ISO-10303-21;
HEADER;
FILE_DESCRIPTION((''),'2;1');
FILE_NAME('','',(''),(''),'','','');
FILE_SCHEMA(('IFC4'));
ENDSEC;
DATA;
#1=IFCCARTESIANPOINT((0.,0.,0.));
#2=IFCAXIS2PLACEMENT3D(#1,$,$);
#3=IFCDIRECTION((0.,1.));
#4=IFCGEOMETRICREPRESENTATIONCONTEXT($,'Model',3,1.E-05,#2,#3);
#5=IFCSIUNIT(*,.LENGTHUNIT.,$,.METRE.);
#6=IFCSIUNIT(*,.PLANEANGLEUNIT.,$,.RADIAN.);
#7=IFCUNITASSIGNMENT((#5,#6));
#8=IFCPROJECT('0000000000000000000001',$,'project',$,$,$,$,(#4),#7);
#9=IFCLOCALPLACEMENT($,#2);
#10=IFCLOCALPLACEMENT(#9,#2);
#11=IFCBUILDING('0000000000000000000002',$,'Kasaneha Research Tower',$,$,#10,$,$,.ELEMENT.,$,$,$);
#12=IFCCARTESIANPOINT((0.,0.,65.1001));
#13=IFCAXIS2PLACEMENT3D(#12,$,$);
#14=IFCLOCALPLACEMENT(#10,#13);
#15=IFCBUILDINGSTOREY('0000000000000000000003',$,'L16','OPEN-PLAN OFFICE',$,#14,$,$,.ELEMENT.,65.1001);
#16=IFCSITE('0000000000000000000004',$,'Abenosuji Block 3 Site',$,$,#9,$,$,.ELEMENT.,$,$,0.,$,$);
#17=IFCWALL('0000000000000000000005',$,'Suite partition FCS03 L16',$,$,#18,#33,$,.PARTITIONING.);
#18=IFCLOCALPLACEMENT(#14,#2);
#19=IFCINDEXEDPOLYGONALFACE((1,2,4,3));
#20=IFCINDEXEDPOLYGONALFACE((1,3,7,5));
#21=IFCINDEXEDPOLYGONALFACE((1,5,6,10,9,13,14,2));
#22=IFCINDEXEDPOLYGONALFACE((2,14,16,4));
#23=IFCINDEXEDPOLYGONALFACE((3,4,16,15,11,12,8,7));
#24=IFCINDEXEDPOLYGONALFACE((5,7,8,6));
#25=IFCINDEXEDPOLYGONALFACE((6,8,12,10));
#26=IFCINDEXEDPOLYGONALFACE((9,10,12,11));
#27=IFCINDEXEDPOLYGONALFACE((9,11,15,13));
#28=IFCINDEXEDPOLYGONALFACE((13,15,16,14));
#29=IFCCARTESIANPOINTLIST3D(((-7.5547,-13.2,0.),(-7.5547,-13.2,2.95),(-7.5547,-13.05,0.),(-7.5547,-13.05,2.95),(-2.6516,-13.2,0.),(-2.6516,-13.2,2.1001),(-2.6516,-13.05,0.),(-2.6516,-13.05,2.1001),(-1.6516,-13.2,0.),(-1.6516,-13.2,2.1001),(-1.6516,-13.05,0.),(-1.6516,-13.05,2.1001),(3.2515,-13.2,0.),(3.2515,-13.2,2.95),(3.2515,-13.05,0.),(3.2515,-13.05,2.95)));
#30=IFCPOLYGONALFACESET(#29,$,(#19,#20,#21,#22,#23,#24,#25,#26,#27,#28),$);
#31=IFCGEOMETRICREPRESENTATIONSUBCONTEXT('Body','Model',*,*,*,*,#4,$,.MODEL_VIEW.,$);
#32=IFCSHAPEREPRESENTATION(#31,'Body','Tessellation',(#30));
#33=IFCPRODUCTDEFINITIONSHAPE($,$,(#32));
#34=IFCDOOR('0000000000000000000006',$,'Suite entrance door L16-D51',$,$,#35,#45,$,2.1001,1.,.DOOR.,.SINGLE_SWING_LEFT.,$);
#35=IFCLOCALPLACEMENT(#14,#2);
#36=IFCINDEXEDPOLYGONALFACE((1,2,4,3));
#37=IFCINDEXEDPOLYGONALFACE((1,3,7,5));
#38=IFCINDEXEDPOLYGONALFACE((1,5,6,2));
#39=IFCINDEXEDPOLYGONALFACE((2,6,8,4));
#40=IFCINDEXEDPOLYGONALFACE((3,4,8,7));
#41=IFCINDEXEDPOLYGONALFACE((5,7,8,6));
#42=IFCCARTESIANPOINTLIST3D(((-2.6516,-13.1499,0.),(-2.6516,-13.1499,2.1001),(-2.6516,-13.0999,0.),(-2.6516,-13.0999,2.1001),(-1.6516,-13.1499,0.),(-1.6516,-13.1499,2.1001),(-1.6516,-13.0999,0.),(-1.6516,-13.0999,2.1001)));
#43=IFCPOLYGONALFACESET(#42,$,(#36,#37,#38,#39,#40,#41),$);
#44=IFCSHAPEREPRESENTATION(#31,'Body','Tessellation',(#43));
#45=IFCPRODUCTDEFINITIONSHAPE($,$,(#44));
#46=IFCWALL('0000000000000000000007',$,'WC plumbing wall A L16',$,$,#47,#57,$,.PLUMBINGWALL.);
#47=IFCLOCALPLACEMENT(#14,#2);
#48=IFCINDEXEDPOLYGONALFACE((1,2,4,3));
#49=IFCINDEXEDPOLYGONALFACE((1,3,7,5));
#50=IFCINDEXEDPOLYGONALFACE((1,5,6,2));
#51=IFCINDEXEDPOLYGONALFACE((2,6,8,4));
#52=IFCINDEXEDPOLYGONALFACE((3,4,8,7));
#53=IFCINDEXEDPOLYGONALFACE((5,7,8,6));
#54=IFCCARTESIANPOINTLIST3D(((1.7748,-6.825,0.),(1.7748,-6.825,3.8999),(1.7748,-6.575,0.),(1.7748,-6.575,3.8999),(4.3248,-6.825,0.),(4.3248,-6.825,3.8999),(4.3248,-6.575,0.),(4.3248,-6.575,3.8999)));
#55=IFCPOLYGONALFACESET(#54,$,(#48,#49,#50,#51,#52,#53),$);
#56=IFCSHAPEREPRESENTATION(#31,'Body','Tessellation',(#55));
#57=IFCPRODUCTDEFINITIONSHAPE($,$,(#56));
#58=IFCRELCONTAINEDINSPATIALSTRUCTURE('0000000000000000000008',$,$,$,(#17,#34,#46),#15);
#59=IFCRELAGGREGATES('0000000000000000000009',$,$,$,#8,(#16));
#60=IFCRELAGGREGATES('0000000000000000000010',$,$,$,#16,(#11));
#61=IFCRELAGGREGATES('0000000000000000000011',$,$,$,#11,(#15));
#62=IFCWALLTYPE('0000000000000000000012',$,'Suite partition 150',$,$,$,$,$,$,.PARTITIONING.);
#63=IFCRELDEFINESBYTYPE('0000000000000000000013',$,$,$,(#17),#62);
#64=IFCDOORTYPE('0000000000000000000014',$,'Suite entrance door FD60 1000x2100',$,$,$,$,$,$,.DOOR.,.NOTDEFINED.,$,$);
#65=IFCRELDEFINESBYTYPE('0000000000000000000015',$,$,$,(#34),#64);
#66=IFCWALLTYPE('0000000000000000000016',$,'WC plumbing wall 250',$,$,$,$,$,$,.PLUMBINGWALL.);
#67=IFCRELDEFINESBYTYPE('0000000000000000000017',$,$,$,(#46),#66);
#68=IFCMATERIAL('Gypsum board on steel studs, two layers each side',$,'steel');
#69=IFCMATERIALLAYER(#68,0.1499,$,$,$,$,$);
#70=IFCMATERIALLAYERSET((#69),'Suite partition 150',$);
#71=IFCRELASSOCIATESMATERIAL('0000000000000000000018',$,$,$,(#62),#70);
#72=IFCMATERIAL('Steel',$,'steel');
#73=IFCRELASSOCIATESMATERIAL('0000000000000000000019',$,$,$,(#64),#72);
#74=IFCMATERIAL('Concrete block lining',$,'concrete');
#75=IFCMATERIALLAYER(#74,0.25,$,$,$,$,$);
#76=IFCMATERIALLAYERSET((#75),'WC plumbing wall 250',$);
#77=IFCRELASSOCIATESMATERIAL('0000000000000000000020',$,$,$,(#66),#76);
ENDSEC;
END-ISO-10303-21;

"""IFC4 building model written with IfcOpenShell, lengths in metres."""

from ifc_helpers import new_model, si_unit, direction, frame, frame_2d, origin, place, context, subcontext, project, spatial, rectangle, extrude, material, layer, layer_set, type_object, element, fill, save


model = new_model("IFC4")

# Units and contexts
model_context = context("Model", 3, precision=1e-05, world=origin(), true_north=direction((0.0, 1.0)))
body_context = subcontext(model_context, "Body", "Model", "MODEL_VIEW")
ifc_project = project(units=[si_unit("LENGTHUNIT", "METRE"), si_unit("PLANEANGLEUNIT", "RADIAN")], contexts=[model_context])

# Site, building, storey
site_placement = place(None, origin())
site = spatial("IfcSite", under=ifc_project, at=site_placement, Name="Abenosuji Block 3 Site", CompositionType="ELEMENT", RefElevation=0.0)
building_placement = place(site_placement, origin())
building = spatial("IfcBuilding", under=site, at=building_placement, Name="Kasaneha Research Tower", CompositionType="ELEMENT")
storey_placement = place(building_placement, frame((0.0, 0.0, 65.1001)))
storey = spatial("IfcBuildingStorey", under=building, at=storey_placement, Name="L16", Description="OPEN-PLAN OFFICE", CompositionType="ELEMENT", Elevation=65.1001)

# Shared definitions
ifc_material_1 = material(Name="Gypsum board on steel studs, two layers each side", Category="steel")
ifc_layer_1 = layer(ifc_material_1, 0.1499)
ifc_layer_set_1 = layer_set([ifc_layer_1], Name="Suite partition 150")
wall_type_1 = type_object("IfcWallType", Name="Suite partition 150", PredefinedType="PARTITIONING", material=ifc_layer_set_1)

# Wall, opening, door
ifc_material_2 = material(Name="Steel", Category="steel")
door_type_1 = type_object("IfcDoorType", Name="Suite entrance door FD60 1000x2100", OperationType="NOTDEFINED", PredefinedType="DOOR", material=ifc_material_2)
wall_1_placement = place(storey_placement, frame((3.2515, -13.125, 0.0), z_axis=(0.0, 0.0, 1.0), x_axis=(-1.0, 0.0, 0.0)))
wall_1 = element("IfcWall", 1, at=wall_1_placement, inside=storey, type_object=wall_type_1, Name="Suite partition FCS03 L16", PredefinedType="PARTITIONING", context=body_context, shape_type="SweptSolid", body=[
    extrude(rectangle(XDim=10.8062, YDim=0.1499, at=frame_2d((5.4031, 0.0))), origin(), (0.0, 0.0, 1.0), 2.95),
])
opening_1_placement = place(wall_1_placement, frame((4.9031, 0.0, 0.0)))
opening_1 = element("IfcOpeningElement", 2, at=opening_1_placement, cuts=wall_1, PredefinedType="OPENING", context=body_context, shape_type="SweptSolid", body=[
    extrude(rectangle(XDim=1.0, YDim=2.1001, at=frame_2d((0.5, 1.05))), frame((0.0, 0.085, 0.0), z_axis=(0.0, -1.0, 0.0), x_axis=(1.0, 0.0, 0.0)), (0.0, 0.0, 1.0), 0.1699),
])
door_1_placement = place(opening_1_placement, origin())
door_1 = element("IfcDoor", 3, at=door_1_placement, inside=storey, type_object=door_type_1, Name="Suite entrance door L16-D51", OperationType="SINGLE_SWING_LEFT", OverallHeight=2.1001, OverallWidth=1.0, PredefinedType="DOOR", context=body_context, shape_type="SweptSolid", body=[
    extrude(rectangle(XDim=1.0, YDim=2.1001, at=frame_2d((0.5, 1.05))), frame((0.0, 0.0249, 0.0), z_axis=(0.0, -1.0, 0.0), x_axis=(1.0, 0.0, 0.0)), (0.0, 0.0, 1.0), 0.05),
])
fill(opening_1, door_1)

# Wall
ifc_material_3 = material(Name="Concrete block lining", Category="concrete")
ifc_layer_2 = layer(ifc_material_3, 0.25)
ifc_layer_set_2 = layer_set([ifc_layer_2], Name="WC plumbing wall 250")
wall_type_2 = type_object("IfcWallType", Name="WC plumbing wall 250", PredefinedType="PLUMBINGWALL", material=ifc_layer_set_2)
wall_2_placement = place(storey_placement, frame((1.7749, -6.7, 0.0), z_axis=(0.0, 0.0, 1.0), x_axis=(1.0, 0.0, 0.0)))
element("IfcWall", 4, at=wall_2_placement, inside=storey, type_object=wall_type_2, Name="WC plumbing wall A L16", PredefinedType="PLUMBINGWALL", context=body_context, shape_type="SweptSolid", body=[
    extrude(rectangle(XDim=2.55, YDim=0.25, at=frame_2d((1.2749, 0.0))), origin(), (0.0, 0.0, 1.0), 3.8999),
])

save(model, "model.ifc")
